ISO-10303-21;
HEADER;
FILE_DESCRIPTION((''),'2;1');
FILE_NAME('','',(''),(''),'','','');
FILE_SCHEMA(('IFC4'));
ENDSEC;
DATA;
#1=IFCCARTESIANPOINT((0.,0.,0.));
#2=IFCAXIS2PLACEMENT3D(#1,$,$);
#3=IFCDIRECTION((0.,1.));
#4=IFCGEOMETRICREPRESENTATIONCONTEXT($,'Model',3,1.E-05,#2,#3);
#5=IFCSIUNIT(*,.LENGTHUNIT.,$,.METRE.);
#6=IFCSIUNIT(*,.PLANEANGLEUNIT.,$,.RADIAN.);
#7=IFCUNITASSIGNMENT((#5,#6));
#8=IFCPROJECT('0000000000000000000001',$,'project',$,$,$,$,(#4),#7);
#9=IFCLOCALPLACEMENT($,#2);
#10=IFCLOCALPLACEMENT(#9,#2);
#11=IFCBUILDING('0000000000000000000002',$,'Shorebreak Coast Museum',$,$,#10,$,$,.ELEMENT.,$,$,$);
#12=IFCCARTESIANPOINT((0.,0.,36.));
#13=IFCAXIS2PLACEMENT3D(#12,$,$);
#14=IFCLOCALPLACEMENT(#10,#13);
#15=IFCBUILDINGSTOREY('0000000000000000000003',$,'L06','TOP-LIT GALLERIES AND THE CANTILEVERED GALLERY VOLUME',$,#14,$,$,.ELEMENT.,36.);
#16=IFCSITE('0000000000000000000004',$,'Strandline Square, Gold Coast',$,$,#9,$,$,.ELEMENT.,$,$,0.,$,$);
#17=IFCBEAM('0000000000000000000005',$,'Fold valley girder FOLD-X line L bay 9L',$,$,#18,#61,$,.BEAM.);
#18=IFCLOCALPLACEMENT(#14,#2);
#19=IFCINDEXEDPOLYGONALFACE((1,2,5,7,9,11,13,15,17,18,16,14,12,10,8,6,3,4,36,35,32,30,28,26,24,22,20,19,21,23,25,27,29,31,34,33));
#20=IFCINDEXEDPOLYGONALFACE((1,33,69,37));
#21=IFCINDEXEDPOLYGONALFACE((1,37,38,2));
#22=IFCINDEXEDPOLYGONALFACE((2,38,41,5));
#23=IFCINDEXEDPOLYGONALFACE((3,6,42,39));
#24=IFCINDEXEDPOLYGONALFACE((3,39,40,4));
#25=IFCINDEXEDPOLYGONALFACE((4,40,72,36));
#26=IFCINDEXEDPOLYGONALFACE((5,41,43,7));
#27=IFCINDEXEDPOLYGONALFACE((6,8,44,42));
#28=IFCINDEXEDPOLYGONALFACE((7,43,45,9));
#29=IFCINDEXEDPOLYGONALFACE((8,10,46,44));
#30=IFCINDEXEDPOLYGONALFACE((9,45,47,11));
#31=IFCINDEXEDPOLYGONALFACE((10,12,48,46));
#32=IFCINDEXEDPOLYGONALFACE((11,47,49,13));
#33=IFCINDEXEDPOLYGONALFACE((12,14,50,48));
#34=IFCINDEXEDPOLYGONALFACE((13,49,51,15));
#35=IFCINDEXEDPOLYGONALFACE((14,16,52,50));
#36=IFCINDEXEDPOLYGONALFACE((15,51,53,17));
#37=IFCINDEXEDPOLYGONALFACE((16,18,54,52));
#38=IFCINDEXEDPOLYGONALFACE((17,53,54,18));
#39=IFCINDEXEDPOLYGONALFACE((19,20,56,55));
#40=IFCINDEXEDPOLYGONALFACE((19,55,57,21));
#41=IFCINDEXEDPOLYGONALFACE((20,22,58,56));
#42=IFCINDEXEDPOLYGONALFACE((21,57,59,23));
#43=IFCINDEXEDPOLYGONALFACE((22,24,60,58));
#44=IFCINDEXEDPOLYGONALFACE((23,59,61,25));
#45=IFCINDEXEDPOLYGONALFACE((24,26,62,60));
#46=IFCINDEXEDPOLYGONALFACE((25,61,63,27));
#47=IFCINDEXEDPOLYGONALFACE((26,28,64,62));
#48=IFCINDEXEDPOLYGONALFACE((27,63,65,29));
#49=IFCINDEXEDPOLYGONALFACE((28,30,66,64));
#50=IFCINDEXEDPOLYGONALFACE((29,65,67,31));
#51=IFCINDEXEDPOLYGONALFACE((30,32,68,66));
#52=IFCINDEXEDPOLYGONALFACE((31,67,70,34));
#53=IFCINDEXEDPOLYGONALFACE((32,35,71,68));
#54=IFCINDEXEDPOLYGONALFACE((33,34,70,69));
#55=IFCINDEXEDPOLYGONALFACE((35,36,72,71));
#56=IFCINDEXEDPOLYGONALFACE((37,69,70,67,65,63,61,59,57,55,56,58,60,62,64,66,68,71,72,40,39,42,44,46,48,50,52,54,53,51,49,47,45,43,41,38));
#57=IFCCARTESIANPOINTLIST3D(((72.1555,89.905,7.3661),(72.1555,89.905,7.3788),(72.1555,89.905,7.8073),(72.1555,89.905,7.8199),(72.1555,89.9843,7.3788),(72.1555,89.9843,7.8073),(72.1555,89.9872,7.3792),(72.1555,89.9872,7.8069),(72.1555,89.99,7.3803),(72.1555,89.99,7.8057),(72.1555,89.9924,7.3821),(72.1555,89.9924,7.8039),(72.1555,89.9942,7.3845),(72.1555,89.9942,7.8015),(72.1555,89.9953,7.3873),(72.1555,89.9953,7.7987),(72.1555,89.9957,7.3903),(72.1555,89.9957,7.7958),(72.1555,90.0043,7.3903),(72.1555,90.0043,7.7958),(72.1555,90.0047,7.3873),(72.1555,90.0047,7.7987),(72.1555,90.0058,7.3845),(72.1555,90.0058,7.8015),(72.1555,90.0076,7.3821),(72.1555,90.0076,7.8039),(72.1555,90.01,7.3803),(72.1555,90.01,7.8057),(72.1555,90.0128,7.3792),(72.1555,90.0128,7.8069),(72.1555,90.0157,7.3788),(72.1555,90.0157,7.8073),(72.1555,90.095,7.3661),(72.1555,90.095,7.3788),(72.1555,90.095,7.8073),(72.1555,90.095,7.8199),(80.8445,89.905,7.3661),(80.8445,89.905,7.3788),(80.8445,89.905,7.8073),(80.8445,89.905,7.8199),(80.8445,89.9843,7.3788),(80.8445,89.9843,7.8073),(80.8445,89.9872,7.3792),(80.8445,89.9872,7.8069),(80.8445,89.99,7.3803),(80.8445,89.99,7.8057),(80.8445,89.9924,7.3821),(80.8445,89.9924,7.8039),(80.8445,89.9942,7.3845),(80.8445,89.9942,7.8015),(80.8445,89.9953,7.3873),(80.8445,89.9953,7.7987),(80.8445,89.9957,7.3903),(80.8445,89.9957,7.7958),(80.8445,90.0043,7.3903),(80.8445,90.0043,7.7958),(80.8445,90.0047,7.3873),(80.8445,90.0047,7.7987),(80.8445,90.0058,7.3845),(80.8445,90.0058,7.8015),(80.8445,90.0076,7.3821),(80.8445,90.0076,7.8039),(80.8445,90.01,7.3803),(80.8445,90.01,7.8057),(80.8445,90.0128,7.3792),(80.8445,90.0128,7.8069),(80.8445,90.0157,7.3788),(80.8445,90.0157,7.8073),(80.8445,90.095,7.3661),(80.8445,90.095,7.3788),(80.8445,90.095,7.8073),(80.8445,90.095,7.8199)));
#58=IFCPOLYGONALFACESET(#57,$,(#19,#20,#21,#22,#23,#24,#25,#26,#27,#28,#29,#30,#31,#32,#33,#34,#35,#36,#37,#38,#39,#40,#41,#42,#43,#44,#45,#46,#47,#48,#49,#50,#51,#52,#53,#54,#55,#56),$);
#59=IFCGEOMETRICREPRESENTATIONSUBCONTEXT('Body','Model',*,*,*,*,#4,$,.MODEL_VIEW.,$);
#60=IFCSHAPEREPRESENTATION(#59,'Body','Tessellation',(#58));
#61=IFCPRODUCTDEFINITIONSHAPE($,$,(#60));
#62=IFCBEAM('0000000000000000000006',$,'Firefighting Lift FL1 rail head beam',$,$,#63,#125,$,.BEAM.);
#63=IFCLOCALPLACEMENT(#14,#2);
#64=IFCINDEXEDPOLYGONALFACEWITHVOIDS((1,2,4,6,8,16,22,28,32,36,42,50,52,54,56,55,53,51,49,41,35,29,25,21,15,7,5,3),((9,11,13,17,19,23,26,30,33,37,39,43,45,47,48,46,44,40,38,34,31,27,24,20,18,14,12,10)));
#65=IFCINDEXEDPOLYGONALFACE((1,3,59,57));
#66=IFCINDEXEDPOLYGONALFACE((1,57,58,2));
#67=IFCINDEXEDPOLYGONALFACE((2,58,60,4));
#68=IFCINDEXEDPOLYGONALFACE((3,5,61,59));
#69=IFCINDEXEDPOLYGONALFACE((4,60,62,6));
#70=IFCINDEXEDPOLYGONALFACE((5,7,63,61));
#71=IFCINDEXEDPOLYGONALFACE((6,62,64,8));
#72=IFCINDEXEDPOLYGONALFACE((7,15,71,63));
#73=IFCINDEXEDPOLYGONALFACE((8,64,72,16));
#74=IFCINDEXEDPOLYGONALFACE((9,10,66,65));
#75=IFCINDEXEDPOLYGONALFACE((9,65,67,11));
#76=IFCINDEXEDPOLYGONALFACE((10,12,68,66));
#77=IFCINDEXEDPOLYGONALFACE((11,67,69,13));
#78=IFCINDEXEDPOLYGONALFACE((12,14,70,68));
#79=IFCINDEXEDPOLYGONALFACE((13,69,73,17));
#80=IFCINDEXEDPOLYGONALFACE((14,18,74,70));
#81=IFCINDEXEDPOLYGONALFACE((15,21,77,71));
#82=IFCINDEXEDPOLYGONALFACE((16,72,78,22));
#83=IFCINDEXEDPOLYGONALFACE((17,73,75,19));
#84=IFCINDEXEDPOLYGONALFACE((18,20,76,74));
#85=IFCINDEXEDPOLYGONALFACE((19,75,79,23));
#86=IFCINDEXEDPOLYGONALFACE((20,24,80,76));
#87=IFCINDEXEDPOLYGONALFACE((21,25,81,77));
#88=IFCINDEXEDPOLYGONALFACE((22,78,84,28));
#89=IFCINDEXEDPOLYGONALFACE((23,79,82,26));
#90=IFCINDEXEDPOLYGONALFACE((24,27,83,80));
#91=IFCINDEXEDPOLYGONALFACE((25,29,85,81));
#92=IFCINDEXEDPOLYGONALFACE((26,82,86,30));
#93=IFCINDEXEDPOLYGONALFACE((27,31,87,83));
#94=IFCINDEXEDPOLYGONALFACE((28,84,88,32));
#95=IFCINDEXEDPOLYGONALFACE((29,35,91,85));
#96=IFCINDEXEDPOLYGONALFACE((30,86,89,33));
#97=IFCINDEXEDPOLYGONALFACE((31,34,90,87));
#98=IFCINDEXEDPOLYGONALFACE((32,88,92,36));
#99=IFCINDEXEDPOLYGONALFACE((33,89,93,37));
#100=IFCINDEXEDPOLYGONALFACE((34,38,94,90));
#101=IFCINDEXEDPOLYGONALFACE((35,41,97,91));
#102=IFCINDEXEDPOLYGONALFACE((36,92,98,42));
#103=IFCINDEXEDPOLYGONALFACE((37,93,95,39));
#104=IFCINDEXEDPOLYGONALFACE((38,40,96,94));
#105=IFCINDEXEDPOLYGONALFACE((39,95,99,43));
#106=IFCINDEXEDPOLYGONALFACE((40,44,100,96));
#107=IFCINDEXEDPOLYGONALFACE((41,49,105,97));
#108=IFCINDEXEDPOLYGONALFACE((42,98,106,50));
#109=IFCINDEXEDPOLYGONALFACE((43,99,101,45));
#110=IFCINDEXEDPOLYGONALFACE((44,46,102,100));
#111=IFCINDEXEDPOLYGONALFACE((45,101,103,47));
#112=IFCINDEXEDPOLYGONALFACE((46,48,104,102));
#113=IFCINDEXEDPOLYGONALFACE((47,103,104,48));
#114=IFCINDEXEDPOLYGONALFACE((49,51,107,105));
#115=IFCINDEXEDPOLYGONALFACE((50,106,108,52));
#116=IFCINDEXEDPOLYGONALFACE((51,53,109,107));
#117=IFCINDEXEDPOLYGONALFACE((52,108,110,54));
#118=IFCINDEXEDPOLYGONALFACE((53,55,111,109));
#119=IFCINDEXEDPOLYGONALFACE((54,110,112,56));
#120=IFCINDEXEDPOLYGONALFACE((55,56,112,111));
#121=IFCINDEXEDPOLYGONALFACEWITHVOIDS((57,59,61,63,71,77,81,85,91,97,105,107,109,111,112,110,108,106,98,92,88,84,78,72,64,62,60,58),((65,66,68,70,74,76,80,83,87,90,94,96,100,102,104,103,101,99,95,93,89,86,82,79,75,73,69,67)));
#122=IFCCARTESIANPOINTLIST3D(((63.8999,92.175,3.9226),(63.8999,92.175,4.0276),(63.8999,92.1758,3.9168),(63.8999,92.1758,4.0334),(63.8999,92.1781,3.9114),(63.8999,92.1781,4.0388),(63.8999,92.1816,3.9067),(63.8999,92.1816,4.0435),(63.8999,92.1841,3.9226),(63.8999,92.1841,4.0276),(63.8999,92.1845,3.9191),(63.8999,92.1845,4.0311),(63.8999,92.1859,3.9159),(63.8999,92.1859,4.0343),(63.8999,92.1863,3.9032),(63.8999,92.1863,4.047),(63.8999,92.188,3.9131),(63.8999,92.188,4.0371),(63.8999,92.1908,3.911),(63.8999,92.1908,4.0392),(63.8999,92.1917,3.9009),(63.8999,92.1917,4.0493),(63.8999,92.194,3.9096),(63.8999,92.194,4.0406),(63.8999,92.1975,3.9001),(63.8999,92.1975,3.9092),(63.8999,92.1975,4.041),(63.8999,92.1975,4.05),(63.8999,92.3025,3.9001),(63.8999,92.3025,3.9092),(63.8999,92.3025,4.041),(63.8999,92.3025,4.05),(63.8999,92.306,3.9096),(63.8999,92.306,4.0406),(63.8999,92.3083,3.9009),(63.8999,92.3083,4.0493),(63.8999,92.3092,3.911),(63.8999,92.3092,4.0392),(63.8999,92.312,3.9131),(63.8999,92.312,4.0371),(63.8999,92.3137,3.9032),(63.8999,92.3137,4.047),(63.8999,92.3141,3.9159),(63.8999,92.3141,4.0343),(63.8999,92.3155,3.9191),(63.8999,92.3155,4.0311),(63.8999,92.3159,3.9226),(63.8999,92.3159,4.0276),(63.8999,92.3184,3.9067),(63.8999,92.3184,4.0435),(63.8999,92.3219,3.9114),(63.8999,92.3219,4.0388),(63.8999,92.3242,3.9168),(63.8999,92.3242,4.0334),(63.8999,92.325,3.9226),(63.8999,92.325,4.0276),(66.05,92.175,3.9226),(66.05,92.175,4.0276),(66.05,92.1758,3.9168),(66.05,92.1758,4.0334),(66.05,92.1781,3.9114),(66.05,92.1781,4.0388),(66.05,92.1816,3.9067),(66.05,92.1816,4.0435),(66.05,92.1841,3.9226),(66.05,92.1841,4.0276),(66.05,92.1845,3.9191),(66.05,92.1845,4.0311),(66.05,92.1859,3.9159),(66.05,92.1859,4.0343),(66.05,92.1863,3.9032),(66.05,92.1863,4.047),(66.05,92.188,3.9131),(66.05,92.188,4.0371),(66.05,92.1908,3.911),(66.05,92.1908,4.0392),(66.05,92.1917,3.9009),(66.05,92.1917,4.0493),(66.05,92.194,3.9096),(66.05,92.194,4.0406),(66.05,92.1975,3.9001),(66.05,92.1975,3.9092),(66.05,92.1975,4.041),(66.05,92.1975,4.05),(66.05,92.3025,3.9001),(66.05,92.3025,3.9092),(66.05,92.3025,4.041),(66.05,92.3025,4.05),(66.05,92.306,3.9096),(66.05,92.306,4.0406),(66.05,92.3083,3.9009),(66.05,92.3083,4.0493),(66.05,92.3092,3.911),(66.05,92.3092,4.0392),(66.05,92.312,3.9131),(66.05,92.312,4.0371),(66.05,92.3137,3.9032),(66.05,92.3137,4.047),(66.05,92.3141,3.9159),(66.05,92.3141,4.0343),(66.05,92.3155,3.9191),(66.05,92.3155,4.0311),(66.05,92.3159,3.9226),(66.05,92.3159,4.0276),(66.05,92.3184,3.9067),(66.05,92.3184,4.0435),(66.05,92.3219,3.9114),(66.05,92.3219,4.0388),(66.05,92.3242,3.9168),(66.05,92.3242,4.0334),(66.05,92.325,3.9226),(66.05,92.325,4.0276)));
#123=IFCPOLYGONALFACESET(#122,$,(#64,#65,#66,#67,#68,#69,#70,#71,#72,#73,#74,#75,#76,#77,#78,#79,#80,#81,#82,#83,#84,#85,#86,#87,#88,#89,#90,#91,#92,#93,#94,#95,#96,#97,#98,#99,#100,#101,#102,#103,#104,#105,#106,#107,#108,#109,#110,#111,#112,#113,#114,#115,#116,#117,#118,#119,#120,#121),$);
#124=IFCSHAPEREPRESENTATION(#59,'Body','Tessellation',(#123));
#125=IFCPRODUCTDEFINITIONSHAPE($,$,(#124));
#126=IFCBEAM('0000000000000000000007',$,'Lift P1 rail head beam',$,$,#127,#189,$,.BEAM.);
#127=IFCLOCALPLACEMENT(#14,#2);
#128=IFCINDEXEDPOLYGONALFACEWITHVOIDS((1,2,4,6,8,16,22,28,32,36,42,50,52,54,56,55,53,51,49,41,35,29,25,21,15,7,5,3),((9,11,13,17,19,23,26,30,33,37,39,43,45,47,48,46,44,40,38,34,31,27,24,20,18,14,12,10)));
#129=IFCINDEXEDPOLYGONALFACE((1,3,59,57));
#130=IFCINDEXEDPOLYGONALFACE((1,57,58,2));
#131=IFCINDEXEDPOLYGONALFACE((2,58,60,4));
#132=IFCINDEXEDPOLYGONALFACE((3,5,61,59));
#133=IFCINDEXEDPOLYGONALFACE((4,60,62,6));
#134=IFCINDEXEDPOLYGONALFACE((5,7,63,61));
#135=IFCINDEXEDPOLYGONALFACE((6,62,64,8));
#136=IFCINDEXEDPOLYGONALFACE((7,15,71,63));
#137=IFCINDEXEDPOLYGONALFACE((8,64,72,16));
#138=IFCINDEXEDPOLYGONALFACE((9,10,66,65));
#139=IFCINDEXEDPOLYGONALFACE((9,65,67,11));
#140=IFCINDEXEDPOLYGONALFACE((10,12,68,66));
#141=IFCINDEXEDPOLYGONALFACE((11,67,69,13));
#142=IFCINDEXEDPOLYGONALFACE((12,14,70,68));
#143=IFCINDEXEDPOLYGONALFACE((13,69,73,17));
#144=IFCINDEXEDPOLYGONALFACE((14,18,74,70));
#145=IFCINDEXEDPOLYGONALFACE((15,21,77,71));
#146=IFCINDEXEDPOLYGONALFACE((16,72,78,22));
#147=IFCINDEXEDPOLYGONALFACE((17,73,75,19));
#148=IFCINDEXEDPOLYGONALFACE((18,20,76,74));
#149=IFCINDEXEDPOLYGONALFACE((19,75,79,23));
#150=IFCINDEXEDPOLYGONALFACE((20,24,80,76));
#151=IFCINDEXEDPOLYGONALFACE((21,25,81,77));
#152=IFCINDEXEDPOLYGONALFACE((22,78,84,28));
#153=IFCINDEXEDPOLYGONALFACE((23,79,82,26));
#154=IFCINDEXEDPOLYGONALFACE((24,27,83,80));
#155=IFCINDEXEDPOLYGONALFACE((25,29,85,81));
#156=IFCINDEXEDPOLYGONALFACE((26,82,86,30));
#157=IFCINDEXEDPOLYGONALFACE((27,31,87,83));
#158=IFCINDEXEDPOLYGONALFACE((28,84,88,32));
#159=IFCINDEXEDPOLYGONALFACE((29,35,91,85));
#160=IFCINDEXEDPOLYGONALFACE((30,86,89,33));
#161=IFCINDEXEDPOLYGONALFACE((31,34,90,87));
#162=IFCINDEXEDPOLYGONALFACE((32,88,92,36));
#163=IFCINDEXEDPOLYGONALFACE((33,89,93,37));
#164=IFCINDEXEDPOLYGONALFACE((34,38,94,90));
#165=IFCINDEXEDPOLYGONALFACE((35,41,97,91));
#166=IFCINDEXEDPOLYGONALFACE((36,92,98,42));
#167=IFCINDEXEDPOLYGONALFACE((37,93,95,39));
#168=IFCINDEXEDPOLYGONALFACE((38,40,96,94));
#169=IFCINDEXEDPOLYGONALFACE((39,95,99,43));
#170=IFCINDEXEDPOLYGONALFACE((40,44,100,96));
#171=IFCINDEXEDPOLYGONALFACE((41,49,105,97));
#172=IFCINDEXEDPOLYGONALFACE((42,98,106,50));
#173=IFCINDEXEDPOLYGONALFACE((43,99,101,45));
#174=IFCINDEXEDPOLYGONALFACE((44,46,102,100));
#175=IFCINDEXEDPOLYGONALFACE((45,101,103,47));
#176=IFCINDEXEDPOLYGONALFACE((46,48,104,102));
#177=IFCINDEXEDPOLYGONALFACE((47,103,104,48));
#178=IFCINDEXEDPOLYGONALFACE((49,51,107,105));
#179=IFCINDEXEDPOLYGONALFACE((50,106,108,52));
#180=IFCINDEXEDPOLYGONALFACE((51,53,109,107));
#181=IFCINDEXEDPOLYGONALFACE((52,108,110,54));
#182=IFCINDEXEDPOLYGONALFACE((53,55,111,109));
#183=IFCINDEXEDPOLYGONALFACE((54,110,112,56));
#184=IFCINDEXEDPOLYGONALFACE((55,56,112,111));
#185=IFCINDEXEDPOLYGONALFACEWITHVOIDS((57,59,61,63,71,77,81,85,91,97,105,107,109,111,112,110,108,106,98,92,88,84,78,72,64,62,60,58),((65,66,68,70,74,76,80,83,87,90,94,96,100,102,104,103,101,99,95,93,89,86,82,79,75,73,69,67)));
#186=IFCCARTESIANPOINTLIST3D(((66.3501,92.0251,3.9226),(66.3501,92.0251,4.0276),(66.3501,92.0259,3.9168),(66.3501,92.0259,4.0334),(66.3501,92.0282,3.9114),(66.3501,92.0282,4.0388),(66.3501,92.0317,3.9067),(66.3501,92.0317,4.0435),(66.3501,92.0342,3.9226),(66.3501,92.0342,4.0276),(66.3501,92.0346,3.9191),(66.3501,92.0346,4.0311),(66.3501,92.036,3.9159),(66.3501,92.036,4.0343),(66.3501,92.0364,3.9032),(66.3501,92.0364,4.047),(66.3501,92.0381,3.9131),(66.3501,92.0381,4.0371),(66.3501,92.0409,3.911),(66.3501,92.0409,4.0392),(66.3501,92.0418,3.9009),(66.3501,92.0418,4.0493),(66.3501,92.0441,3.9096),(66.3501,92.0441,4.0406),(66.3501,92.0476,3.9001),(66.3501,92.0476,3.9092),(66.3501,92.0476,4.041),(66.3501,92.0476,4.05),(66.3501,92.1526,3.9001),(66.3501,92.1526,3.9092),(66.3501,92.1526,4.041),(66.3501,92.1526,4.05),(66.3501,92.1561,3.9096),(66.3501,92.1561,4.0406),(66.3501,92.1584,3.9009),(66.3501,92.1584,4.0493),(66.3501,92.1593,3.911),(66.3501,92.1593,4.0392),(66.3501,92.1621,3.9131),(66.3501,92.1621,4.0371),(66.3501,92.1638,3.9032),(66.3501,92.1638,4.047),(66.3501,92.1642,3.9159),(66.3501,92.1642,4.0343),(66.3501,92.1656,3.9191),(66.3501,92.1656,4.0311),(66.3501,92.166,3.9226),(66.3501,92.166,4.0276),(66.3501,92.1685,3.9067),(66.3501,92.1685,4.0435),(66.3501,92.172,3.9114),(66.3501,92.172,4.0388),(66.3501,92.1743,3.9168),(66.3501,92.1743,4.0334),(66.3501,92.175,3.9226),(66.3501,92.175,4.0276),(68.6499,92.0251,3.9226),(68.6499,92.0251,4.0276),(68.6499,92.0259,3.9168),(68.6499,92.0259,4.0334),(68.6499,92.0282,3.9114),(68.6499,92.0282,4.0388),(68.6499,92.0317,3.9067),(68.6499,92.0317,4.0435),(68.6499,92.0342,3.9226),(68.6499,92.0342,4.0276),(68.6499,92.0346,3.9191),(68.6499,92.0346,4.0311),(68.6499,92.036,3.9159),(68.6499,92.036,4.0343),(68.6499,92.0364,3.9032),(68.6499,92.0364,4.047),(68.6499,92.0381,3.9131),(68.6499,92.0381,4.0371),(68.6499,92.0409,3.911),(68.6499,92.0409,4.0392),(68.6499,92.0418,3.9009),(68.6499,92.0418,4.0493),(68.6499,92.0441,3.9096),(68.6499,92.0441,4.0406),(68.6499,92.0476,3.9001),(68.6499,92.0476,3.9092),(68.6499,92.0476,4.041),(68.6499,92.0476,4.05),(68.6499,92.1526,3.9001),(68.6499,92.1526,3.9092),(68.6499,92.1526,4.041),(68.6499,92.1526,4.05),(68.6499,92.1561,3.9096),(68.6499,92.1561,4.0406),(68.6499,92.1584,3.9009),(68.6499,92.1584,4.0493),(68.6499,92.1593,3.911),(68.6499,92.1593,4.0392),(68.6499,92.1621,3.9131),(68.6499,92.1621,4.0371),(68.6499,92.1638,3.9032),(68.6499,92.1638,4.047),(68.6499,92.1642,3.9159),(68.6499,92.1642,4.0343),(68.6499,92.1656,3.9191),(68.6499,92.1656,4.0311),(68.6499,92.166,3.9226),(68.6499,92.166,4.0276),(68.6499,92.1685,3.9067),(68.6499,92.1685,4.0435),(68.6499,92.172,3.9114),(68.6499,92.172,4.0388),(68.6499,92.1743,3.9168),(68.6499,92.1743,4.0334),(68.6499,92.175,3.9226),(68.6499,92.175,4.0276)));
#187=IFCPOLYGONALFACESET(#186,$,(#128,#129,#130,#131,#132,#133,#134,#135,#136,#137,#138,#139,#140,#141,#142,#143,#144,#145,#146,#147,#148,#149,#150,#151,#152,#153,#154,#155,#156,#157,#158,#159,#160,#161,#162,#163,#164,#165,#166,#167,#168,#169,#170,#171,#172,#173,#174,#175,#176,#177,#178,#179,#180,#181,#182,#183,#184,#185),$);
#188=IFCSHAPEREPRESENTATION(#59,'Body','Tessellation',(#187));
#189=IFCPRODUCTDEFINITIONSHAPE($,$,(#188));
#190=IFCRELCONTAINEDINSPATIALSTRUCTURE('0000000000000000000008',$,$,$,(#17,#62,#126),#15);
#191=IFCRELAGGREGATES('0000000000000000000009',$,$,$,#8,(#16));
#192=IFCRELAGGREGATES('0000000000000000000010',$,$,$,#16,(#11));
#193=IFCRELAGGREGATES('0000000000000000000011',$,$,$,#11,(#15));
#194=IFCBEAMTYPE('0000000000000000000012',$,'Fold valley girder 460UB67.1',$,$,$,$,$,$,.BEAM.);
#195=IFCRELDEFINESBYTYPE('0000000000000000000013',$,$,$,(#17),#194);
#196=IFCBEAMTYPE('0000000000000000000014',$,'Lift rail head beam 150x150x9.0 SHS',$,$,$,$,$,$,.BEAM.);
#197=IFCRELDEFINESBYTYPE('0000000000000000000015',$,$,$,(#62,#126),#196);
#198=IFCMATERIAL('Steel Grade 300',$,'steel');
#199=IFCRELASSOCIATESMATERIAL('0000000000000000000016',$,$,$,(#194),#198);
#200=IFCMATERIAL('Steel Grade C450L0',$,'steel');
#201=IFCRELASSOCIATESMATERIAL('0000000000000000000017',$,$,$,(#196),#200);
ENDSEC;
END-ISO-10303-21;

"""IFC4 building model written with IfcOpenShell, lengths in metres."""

from ifc_helpers import new_model, si_unit, direction, frame, origin, origin_2d, place, context, subcontext, project, spatial, hollow_rectangle, i_section, extrude, material, material_profile, profile_set, type_object, element, save


model = new_model("IFC4")

# Units and contexts
model_context = context("Model", 3, precision=1e-05, world=origin(), true_north=direction((0.0, 1.0)))
body_context = subcontext(model_context, "Body", "Model", "MODEL_VIEW")
ifc_project = project(units=[si_unit("LENGTHUNIT", "METRE"), si_unit("PLANEANGLEUNIT", "RADIAN")], contexts=[model_context])

# Site, building, storey
site_placement = place(None, origin())
site = spatial("IfcSite", under=ifc_project, at=site_placement, Name="Strandline Square, Gold Coast", CompositionType="ELEMENT", RefElevation=0.0)
building_placement = place(site_placement, origin())
building = spatial("IfcBuilding", under=site, at=building_placement, Name="Shorebreak Coast Museum", CompositionType="ELEMENT")
storey_placement = place(building_placement, frame((0.0, 0.0, 36.0)))
storey = spatial("IfcBuildingStorey", under=building, at=storey_placement, Name="L06", Description="TOP-LIT GALLERIES AND THE CANTILEVERED GALLERY VOLUME", CompositionType="ELEMENT", Elevation=36.0)

# Beams
ifc_material_1 = material(Name="Steel Grade 300", Category="steel")
ifc_material_profile_1 = material_profile(ifc_material_1, i_section(OverallWidth=0.1899, OverallDepth=0.4539, WebThickness=0.0085, FlangeThickness=0.0127, FilletRadius=0.0115, at=origin_2d()), Name="460UB67.1")
ifc_profile_set_1 = profile_set([ifc_material_profile_1], Name="Steel Grade 300")
beam_type_1 = type_object("IfcBeamType", Name="Fold valley girder 460UB67.1", PredefinedType="BEAM", material=ifc_profile_set_1)
beam_1_placement = place(storey_placement, frame((72.1555, 90.0, 7.593), z_axis=(1.0, 0.0, 0.0), x_axis=(0.0, 1.0, 0.0)))
element("IfcBeam", 1, at=beam_1_placement, inside=storey, type_object=beam_type_1, Name="Fold valley girder FOLD-X line L bay 9L", PredefinedType="BEAM", context=body_context, shape_type="SweptSolid", body=[
    extrude(i_section(OverallWidth=0.1899, OverallDepth=0.4539, WebThickness=0.0085, FlangeThickness=0.0127, FilletRadius=0.0115, at=origin_2d()), origin(), (0.0, 0.0, 1.0), 8.689),
])
ifc_material_2 = material(Name="Steel Grade C450L0", Category="steel")
ifc_material_profile_2 = material_profile(ifc_material_2, hollow_rectangle(XDim=0.1499, YDim=0.1499, WallThickness=0.009, InnerFilletRadius=0.0134, OuterFilletRadius=0.0225, at=origin_2d()), Name="150x150x9.0 SHS")
ifc_profile_set_2 = profile_set([ifc_material_profile_2], Name="Steel Grade C450L0")
beam_type_2 = type_object("IfcBeamType", Name="Lift rail head beam 150x150x9.0 SHS", PredefinedType="BEAM", material=ifc_profile_set_2)
beam_2_placement = place(storey_placement, frame((63.8999, 92.25, 3.9751), z_axis=(1.0, 0.0, 0.0), x_axis=(0.0, 1.0, 0.0)))
element("IfcBeam", 2, at=beam_2_placement, inside=storey, type_object=beam_type_2, Name="Firefighting Lift FL1 rail head beam", PredefinedType="BEAM", context=body_context, shape_type="SweptSolid", body=[
    extrude(hollow_rectangle(XDim=0.1499, YDim=0.1499, WallThickness=0.009, InnerFilletRadius=0.0134, OuterFilletRadius=0.0225, at=origin_2d()), origin(), (0.0, 0.0, 1.0), 2.1501),
])
beam_3_placement = place(storey_placement, frame((66.3501, 92.1001, 3.9751), z_axis=(1.0, 0.0, 0.0), x_axis=(0.0, 1.0, 0.0)))
element("IfcBeam", 3, at=beam_3_placement, inside=storey, type_object=beam_type_2, Name="Lift P1 rail head beam", PredefinedType="BEAM", context=body_context, shape_type="SweptSolid", body=[
    extrude(hollow_rectangle(XDim=0.1499, YDim=0.1499, WallThickness=0.009, InnerFilletRadius=0.0134, OuterFilletRadius=0.0225, at=origin_2d()), origin(), (0.0, 0.0, 1.0), 2.2998),
])

save(model, "model.ifc")
